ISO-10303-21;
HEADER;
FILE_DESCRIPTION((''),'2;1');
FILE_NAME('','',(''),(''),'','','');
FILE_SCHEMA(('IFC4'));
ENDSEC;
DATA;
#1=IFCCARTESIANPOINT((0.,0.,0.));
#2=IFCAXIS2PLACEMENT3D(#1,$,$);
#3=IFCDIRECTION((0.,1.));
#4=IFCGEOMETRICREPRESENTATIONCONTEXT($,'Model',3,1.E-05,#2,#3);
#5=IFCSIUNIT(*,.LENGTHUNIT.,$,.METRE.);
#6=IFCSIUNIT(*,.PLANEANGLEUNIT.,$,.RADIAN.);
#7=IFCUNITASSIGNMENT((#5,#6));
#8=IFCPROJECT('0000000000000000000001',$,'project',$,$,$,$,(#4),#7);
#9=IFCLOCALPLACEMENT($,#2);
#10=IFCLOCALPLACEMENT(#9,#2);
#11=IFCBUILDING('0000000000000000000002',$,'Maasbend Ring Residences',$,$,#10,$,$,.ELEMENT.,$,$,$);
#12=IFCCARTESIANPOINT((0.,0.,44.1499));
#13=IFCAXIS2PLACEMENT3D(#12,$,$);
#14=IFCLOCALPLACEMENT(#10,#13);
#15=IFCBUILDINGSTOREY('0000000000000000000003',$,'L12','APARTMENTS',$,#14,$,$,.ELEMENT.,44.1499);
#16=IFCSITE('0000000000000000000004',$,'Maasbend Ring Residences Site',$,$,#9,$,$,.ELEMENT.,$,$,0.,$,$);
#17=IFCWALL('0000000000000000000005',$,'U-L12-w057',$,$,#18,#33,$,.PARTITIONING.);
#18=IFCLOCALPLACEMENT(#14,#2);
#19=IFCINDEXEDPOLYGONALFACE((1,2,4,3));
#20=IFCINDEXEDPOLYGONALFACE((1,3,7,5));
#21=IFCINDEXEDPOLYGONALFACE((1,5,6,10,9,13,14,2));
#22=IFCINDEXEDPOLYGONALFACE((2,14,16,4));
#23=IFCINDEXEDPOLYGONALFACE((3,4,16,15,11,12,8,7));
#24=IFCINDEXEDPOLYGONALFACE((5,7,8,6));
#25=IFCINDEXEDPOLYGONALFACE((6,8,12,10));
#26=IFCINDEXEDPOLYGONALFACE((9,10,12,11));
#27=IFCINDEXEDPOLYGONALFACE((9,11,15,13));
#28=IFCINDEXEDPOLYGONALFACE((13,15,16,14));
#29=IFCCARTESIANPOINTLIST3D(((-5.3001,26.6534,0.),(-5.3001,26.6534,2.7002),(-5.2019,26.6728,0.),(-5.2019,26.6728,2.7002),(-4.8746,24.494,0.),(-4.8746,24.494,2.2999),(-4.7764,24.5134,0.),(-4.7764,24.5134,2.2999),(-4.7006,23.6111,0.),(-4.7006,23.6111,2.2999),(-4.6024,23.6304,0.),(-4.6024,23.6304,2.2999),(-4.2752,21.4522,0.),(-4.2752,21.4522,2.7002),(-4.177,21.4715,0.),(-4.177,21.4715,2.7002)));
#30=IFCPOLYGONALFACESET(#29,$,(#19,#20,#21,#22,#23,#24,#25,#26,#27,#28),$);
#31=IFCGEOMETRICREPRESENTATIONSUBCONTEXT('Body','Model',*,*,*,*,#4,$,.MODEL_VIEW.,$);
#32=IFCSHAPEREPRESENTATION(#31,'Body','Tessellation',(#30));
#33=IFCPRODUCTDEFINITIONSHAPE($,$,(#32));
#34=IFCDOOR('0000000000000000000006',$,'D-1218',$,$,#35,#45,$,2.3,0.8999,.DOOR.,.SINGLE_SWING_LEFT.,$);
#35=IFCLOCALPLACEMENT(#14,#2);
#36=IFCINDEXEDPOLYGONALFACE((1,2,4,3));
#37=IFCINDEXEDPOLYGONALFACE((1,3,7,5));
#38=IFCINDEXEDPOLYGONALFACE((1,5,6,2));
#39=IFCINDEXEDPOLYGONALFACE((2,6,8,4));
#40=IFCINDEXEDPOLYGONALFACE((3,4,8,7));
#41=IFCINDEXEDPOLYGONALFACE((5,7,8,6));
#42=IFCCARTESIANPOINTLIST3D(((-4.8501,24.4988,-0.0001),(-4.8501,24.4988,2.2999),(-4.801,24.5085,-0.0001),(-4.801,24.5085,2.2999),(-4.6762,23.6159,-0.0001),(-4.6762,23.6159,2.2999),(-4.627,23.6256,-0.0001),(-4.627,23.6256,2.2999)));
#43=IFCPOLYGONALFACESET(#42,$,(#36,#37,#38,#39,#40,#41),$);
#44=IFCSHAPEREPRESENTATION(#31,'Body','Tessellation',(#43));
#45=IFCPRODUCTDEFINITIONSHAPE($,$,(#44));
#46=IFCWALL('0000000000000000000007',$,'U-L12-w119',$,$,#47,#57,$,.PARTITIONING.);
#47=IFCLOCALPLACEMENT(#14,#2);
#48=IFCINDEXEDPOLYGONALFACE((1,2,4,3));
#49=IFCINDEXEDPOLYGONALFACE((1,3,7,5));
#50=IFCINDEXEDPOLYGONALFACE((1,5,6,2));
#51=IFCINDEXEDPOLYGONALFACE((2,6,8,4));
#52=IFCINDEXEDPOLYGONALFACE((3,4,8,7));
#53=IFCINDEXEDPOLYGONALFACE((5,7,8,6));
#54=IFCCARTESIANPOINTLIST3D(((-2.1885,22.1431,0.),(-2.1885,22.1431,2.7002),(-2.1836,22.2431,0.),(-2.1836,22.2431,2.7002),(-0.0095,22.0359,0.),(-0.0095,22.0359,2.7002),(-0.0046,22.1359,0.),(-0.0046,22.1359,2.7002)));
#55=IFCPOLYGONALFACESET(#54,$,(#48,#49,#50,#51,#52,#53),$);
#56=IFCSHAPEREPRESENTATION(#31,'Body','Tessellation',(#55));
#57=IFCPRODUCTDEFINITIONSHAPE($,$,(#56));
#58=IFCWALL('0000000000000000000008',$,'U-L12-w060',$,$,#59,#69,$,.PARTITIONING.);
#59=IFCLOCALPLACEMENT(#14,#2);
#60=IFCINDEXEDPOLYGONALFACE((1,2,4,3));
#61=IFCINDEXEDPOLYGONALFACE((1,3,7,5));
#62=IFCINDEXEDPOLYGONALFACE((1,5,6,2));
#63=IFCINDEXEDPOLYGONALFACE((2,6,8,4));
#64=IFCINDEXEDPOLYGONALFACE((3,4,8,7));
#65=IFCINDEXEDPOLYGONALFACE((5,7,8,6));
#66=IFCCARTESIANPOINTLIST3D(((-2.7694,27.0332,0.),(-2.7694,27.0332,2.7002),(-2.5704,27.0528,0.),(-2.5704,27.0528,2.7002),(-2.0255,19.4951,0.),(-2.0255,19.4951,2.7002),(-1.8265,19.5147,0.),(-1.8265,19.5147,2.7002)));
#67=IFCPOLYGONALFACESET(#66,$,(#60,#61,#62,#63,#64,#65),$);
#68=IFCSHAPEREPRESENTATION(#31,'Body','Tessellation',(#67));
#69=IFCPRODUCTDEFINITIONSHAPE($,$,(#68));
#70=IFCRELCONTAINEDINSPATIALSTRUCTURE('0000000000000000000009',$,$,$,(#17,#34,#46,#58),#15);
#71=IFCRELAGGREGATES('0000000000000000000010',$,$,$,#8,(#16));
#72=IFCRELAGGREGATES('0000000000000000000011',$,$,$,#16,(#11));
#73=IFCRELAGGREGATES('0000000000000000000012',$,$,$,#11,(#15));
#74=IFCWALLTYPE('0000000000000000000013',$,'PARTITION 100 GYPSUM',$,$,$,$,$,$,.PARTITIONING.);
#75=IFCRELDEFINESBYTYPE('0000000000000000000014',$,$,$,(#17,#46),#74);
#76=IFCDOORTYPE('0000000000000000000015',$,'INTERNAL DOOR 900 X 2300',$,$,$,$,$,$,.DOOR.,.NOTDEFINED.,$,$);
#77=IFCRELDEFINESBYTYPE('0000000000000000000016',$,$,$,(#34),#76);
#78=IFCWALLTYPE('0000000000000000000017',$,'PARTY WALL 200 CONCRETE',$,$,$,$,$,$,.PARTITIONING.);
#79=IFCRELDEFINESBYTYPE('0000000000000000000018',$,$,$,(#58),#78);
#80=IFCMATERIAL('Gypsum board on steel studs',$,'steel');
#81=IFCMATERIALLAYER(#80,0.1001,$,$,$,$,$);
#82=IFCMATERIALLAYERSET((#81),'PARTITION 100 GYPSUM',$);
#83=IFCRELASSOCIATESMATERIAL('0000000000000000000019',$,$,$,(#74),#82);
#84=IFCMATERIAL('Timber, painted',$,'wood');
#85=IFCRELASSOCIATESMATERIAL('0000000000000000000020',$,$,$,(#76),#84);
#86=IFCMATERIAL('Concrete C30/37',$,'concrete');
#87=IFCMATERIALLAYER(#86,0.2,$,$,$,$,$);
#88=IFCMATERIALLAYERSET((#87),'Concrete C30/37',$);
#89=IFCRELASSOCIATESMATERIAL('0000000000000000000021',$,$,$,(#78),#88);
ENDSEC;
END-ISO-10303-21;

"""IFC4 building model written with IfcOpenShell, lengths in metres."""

from ifc_helpers import new_model, si_unit, direction, frame, frame_2d, origin, place, context, subcontext, project, spatial, rectangle, extrude, material, layer, layer_set, type_object, element, fill, save


model = new_model("IFC4")

# Units and contexts
model_context = context("Model", 3, precision=1e-05, world=origin(), true_north=direction((0.0, 1.0)))
body_context = subcontext(model_context, "Body", "Model", "MODEL_VIEW")
ifc_project = project(units=[si_unit("LENGTHUNIT", "METRE"), si_unit("PLANEANGLEUNIT", "RADIAN")], contexts=[model_context])

# Site, building, storey
site_placement = place(None, origin())
site = spatial("IfcSite", under=ifc_project, at=site_placement, Name="Maasbend Ring Residences Site", CompositionType="ELEMENT", RefElevation=0.0)
building_placement = place(site_placement, origin())
building = spatial("IfcBuilding", under=site, at=building_placement, Name="Maasbend Ring Residences", CompositionType="ELEMENT")
storey_placement = place(building_placement, frame((0.0, 0.0, 44.1499)))
storey = spatial("IfcBuildingStorey", under=building, at=storey_placement, Name="L12", Description="APARTMENTS", CompositionType="ELEMENT", Elevation=44.1499)

# Shared definitions
ifc_material_1 = material(Name="Gypsum board on steel studs", Category="steel")
ifc_layer_1 = layer(ifc_material_1, 0.1001)
ifc_layer_set_1 = layer_set([ifc_layer_1], Name="PARTITION 100 GYPSUM")
wall_type_1 = type_object("IfcWallType", Name="PARTITION 100 GYPSUM", PredefinedType="PARTITIONING", material=ifc_layer_set_1)
ifc_material_2 = material(Name="Timber, painted", Category="wood")
door_type_1 = type_object("IfcDoorType", Name="INTERNAL DOOR 900 X 2300", OperationType="NOTDEFINED", PredefinedType="DOOR", material=ifc_material_2)

# Wall, opening, door
wall_1_placement = place(storey_placement, frame((-5.251, 26.6631, 0.0), z_axis=(0.0, 0.0, 1.0), x_axis=(0.193334, -0.981133, 0.0)))
wall_1 = element("IfcWall", 1, at=wall_1_placement, inside=storey, type_object=wall_type_1, Name="U-L12-w057", PredefinedType="PARTITIONING", context=body_context, shape_type="SweptSolid", body=[
    extrude(rectangle(XDim=5.3013, YDim=0.1001, at=frame_2d((2.6506, 0.0))), origin(), (0.0, 0.0, 1.0), 2.7002),
])
opening_1_placement = place(wall_1_placement, frame((2.2009, 0.0, 0.0)))
opening_1 = element("IfcOpeningElement", 2, at=opening_1_placement, cuts=wall_1, PredefinedType="OPENING", context=body_context, shape_type="SweptSolid", body=[
    extrude(rectangle(XDim=0.8999, YDim=2.3, at=frame_2d((0.45, 1.1499))), frame((0.0, 0.0601, 0.0), z_axis=(0.0, -1.0, 0.0), x_axis=(1.0, 0.0, 0.0)), (0.0, 0.0, 1.0), 0.1201),
])
door_1_placement = place(opening_1_placement, origin())
door_1 = element("IfcDoor", 3, at=door_1_placement, inside=storey, type_object=door_type_1, Name="D-1218", OperationType="SINGLE_SWING_LEFT", OverallHeight=2.3, OverallWidth=0.8999, PredefinedType="DOOR", context=body_context, shape_type="SweptSolid", body=[
    extrude(rectangle(XDim=0.8999, YDim=2.3, at=frame_2d((0.45, 1.1499))), frame((0.0, 0.0249, 0.0), z_axis=(0.0, -1.0, 0.0), x_axis=(1.0, 0.0, 0.0)), (0.0, 0.0, 1.0), 0.05),
])
fill(opening_1, door_1)

# Walls
wall_2_placement = place(storey_placement, frame((-2.186, 22.1931, 0.0), z_axis=(0.0, 0.0, 1.0), x_axis=(0.998792, -0.049128, 0.0)))
element("IfcWall", 4, at=wall_2_placement, inside=storey, type_object=wall_type_1, Name="U-L12-w119", PredefinedType="PARTITIONING", context=body_context, shape_type="SweptSolid", body=[
    extrude(rectangle(XDim=2.1816, YDim=0.1001, at=frame_2d((1.0908, 0.0))), origin(), (0.0, 0.0, 1.0), 2.7002),
])
ifc_material_3 = material(Name="Concrete C30/37", Category="concrete")
ifc_layer_2 = layer(ifc_material_3, 0.2)
ifc_layer_set_2 = layer_set([ifc_layer_2], Name="Concrete C30/37")
wall_type_2 = type_object("IfcWallType", Name="PARTY WALL 200 CONCRETE", PredefinedType="PARTITIONING", material=ifc_layer_set_2)
wall_3_placement = place(storey_placement, frame((-2.6699, 27.043, 0.0), z_axis=(0.0, 0.0, 1.0), x_axis=(0.098208, -0.995166, 0.0)))
element("IfcWall", 5, at=wall_3_placement, inside=storey, type_object=wall_type_2, Name="U-L12-w060", PredefinedType="PARTITIONING", context=body_context, shape_type="SweptSolid", body=[
    extrude(rectangle(XDim=7.5747, YDim=0.2, at=frame_2d((3.7874, 0.0))), origin(), (0.0, 0.0, 1.0), 2.7002),
])

save(model, "model.ifc")
